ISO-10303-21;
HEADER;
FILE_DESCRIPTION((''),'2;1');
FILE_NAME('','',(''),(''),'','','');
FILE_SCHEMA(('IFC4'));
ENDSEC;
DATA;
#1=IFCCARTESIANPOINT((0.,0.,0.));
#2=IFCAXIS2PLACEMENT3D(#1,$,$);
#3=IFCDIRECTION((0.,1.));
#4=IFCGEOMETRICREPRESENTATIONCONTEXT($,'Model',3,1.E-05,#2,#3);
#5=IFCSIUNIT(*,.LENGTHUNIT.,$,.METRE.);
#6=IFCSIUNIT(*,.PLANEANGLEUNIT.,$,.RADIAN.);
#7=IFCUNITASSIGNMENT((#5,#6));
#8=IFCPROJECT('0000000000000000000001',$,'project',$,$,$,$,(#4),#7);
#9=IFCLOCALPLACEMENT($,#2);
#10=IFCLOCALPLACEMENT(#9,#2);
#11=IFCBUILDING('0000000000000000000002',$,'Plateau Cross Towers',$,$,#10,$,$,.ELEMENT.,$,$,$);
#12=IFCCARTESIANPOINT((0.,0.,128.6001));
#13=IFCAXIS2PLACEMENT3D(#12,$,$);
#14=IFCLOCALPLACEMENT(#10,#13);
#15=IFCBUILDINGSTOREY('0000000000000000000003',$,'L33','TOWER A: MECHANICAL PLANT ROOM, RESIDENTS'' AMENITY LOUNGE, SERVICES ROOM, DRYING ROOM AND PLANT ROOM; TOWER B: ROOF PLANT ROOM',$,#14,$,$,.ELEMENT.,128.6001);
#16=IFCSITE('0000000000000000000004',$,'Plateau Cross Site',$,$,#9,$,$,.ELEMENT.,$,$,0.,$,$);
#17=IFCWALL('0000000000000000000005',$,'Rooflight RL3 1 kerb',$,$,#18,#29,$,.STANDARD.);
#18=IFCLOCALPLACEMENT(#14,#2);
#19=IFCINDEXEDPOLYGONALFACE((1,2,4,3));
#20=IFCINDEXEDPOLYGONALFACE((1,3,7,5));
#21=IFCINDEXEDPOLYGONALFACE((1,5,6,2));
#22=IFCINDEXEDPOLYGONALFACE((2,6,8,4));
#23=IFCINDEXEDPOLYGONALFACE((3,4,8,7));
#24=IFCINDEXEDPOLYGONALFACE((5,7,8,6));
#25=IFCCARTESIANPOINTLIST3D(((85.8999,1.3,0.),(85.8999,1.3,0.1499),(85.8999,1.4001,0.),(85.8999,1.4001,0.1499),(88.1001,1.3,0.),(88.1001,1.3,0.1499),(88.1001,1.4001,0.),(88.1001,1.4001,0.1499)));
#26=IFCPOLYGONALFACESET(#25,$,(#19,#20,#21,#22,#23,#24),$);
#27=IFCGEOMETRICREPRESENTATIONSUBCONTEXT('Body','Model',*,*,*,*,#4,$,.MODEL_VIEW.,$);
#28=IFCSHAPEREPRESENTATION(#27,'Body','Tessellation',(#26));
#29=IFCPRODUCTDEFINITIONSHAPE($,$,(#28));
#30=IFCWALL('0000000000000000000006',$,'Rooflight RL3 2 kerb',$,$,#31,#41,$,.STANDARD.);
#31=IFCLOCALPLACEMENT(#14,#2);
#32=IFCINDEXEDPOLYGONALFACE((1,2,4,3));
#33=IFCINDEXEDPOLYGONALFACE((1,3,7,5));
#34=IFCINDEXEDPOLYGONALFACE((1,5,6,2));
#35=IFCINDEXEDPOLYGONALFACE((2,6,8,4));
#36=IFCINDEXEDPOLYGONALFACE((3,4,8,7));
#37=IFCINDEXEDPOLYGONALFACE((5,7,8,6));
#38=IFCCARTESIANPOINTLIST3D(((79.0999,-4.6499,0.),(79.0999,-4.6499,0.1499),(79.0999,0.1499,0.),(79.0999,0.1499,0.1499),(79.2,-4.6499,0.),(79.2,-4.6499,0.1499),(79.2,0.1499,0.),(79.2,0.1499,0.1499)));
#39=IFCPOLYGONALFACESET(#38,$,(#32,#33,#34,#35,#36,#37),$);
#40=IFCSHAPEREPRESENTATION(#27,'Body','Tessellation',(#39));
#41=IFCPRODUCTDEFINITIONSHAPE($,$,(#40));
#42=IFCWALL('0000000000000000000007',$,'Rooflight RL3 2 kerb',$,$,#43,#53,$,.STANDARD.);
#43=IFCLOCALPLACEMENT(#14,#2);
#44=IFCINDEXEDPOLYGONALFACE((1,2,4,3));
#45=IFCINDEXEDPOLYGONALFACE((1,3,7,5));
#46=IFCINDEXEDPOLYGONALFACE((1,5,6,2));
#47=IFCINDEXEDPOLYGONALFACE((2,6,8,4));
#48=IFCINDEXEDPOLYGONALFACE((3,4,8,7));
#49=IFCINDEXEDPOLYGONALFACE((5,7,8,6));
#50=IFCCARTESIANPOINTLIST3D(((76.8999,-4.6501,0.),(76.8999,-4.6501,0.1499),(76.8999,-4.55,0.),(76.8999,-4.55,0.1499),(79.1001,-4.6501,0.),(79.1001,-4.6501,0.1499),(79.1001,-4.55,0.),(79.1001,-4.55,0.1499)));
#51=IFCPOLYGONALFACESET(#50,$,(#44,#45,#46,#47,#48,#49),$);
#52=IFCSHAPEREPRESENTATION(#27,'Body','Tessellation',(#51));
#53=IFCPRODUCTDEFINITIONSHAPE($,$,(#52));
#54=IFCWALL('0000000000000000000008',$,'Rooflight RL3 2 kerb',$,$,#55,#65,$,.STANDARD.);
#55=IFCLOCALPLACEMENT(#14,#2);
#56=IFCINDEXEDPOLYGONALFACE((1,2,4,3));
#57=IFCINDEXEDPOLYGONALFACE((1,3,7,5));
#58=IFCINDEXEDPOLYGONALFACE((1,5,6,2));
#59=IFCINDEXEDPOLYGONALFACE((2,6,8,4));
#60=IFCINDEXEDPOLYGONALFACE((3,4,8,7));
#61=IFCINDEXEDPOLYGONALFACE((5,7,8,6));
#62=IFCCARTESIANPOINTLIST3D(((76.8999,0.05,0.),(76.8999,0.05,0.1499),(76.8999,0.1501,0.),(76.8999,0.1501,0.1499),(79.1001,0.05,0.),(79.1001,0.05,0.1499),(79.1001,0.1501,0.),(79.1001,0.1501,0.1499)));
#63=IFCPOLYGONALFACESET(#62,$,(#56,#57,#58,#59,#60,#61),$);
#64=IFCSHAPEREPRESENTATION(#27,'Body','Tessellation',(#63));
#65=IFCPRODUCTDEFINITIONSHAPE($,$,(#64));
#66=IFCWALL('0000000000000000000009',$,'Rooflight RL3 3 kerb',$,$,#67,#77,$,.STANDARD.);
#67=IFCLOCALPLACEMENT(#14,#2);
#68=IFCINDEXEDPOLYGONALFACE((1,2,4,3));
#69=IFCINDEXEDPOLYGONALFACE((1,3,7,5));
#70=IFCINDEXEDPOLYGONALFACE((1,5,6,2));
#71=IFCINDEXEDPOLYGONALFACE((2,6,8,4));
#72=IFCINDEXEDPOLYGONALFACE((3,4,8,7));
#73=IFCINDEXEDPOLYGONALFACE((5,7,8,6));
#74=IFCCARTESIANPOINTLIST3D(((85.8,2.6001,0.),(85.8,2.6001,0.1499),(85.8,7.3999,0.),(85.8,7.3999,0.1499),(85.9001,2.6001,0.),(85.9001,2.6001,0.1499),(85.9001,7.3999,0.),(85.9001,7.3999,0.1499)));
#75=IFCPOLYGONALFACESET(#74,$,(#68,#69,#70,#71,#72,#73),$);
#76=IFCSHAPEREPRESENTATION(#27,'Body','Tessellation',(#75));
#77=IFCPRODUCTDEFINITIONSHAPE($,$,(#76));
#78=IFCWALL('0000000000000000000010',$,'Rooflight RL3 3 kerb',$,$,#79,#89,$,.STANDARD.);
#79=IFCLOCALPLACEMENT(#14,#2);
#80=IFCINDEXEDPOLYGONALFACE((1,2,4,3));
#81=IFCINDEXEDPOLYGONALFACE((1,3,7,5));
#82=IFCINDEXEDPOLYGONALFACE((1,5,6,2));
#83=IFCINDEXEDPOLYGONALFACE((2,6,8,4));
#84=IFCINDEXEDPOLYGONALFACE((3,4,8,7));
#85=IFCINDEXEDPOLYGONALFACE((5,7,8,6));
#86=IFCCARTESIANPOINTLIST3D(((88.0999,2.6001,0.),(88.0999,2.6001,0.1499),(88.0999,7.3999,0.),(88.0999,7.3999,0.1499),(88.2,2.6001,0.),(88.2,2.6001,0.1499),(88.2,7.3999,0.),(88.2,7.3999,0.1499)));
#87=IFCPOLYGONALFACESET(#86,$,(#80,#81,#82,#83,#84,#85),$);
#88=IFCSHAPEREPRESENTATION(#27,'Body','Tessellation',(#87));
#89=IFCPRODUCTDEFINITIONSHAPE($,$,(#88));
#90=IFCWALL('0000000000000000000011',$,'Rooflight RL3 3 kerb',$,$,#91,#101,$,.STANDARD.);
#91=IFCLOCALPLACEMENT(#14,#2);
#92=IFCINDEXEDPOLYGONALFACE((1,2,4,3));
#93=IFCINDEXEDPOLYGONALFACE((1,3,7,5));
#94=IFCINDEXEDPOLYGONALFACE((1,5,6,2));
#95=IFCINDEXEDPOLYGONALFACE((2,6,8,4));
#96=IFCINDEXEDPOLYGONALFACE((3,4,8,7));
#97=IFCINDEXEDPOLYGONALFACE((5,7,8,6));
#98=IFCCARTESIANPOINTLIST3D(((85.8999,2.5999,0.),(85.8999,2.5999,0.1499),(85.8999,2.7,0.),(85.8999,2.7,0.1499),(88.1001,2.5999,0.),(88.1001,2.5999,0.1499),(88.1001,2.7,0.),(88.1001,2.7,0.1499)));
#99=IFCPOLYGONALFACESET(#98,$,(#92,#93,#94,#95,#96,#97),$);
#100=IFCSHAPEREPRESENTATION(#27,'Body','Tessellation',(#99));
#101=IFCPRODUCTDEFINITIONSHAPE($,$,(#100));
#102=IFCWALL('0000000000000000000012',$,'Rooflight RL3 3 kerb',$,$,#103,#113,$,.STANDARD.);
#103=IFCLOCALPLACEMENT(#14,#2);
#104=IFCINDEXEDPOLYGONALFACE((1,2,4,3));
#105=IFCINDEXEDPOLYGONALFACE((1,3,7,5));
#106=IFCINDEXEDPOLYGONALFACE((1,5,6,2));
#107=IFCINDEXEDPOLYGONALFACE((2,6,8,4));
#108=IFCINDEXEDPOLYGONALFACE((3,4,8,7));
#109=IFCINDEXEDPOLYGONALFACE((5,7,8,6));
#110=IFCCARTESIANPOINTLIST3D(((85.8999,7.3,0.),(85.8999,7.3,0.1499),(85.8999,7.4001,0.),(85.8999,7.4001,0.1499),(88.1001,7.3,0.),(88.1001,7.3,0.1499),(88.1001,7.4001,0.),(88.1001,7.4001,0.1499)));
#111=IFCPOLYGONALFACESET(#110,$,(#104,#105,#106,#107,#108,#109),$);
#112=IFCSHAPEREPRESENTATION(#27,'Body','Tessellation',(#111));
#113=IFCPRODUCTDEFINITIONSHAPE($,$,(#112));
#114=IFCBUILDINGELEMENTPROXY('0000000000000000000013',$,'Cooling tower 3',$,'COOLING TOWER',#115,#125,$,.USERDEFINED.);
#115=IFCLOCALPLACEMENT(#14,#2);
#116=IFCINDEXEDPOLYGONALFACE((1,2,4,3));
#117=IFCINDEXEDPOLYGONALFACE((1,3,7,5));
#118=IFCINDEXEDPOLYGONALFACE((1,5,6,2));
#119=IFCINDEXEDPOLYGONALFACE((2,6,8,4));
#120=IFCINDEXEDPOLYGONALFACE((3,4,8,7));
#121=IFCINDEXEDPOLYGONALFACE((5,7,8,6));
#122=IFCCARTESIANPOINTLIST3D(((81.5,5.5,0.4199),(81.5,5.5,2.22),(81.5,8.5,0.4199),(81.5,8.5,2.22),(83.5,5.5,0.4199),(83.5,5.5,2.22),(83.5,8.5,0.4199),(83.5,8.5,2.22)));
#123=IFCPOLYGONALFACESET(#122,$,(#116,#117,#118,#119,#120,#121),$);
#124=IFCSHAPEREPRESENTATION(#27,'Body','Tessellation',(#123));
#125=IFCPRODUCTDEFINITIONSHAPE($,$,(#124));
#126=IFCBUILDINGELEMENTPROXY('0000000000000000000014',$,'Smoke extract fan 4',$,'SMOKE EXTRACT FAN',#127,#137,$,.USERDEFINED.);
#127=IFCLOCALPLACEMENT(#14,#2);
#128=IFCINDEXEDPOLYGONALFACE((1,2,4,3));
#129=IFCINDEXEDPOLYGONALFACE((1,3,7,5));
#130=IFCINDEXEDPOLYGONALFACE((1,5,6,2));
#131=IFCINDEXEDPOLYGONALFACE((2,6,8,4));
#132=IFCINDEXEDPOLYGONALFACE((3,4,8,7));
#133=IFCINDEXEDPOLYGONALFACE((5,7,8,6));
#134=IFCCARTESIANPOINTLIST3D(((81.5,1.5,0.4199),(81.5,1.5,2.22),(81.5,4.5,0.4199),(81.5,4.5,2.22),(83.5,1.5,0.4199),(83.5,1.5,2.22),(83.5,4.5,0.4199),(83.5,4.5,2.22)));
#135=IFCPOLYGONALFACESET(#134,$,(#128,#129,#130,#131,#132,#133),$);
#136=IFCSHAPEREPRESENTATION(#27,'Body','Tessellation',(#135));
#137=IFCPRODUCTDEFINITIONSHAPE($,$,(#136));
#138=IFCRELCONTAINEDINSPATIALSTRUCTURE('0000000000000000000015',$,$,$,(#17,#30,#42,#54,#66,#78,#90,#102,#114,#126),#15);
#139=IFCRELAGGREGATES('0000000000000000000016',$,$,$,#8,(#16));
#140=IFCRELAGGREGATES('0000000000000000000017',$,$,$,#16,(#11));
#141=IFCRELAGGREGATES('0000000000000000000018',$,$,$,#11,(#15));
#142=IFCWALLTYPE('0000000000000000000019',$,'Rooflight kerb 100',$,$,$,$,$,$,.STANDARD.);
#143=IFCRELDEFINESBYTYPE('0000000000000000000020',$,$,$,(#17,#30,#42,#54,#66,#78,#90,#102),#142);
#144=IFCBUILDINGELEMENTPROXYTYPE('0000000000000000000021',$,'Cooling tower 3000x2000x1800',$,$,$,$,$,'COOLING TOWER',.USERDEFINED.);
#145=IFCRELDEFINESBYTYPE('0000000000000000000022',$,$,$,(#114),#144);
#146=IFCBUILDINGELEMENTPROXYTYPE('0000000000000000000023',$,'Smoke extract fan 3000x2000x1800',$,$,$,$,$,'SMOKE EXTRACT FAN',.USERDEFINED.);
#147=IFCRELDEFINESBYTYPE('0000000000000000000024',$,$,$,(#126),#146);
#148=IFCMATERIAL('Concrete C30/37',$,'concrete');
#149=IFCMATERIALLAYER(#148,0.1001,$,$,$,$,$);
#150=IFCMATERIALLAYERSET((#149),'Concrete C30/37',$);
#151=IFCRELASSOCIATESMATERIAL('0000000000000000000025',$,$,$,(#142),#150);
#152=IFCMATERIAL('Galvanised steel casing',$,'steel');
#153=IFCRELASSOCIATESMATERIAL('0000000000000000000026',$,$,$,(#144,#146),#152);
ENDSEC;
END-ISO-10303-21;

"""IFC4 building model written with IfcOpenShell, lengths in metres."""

from ifc_helpers import new_model, si_unit, direction, frame, frame_2d, origin, origin_2d, place, context, subcontext, project, spatial, rectangle, extrude, material, layer, layer_set, type_object, element, save


model = new_model("IFC4")

# Units and contexts
model_context = context("Model", 3, precision=1e-05, world=origin(), true_north=direction((0.0, 1.0)))
body_context = subcontext(model_context, "Body", "Model", "MODEL_VIEW")
ifc_project = project(units=[si_unit("LENGTHUNIT", "METRE"), si_unit("PLANEANGLEUNIT", "RADIAN")], contexts=[model_context])

# Site, building, storey
site_placement = place(None, origin())
site = spatial("IfcSite", under=ifc_project, at=site_placement, Name="Plateau Cross Site", CompositionType="ELEMENT", RefElevation=0.0)
building_placement = place(site_placement, origin())
building = spatial("IfcBuilding", under=site, at=building_placement, Name="Plateau Cross Towers", CompositionType="ELEMENT")
storey_placement = place(building_placement, frame((0.0, 0.0, 128.6001)))
storey = spatial("IfcBuildingStorey", under=building, at=storey_placement, Name="L33", Description="TOWER A: MECHANICAL PLANT ROOM, RESIDENTS' AMENITY LOUNGE, SERVICES ROOM, DRYING ROOM AND PLANT ROOM; TOWER B: ROOF PLANT ROOM", CompositionType="ELEMENT", Elevation=128.6001)

# Shared definitions
ifc_material_1 = material(Name="Concrete C30/37", Category="concrete")

# Walls
ifc_layer_1 = layer(ifc_material_1, 0.1001)
ifc_layer_set_1 = layer_set([ifc_layer_1], Name="Concrete C30/37")
wall_type_1 = type_object("IfcWallType", Name="Rooflight kerb 100", PredefinedType="STANDARD", material=ifc_layer_set_1)
for number, where, z_axis, x_axis, name in (
    (1, (85.8999, 1.3501, 0.0), (0.0, 0.0, 1.0), (1.0, 0.0, 0.0), "Rooflight RL3 1 kerb"),
):
    element("IfcWall", number, at=place(storey_placement, frame(where, z_axis=z_axis, x_axis=x_axis)), inside=storey, type_object=wall_type_1, Name=name, PredefinedType="STANDARD", context=body_context, shape_type="SweptSolid", body=[
        extrude(rectangle(XDim=2.2002, YDim=0.1001, at=frame_2d((1.1001, 0.0))), origin(), (0.0, 0.0, 1.0), 0.1499),
    ])
wall_1_placement = place(storey_placement, frame((79.1499, -4.6499, 0.0), z_axis=(0.0, 0.0, 1.0), x_axis=(0.0, 1.0, 0.0)))
element("IfcWall", 2, at=wall_1_placement, inside=storey, type_object=wall_type_1, Name="Rooflight RL3 2 kerb", PredefinedType="STANDARD", context=body_context, shape_type="SweptSolid", body=[
    extrude(rectangle(XDim=4.7998, YDim=0.1001, at=frame_2d((2.3999, 0.0))), origin(), (0.0, 0.0, 1.0), 0.1499),
])
for number, where, z_axis, x_axis, name in (
    (3, (76.8999, -4.6001, 0.0), (0.0, 0.0, 1.0), (1.0, 0.0, 0.0), "Rooflight RL3 2 kerb"),
    (4, (76.8999, 0.1001, 0.0), (0.0, 0.0, 1.0), (1.0, 0.0, 0.0), "Rooflight RL3 2 kerb"),
):
    element("IfcWall", number, at=place(storey_placement, frame(where, z_axis=z_axis, x_axis=x_axis)), inside=storey, type_object=wall_type_1, Name=name, PredefinedType="STANDARD", context=body_context, shape_type="SweptSolid", body=[
        extrude(rectangle(XDim=2.2002, YDim=0.1001, at=frame_2d((1.1001, 0.0))), origin(), (0.0, 0.0, 1.0), 0.1499),
    ])
for number, where, z_axis, x_axis, name in (
    (5, (85.8501, 2.6001, 0.0), (0.0, 0.0, 1.0), (0.0, 1.0, 0.0), "Rooflight RL3 3 kerb"),
    (6, (88.1499, 2.6001, 0.0), (0.0, 0.0, 1.0), (0.0, 1.0, 0.0), "Rooflight RL3 3 kerb"),
):
    element("IfcWall", number, at=place(storey_placement, frame(where, z_axis=z_axis, x_axis=x_axis)), inside=storey, type_object=wall_type_1, Name=name, PredefinedType="STANDARD", context=body_context, shape_type="SweptSolid", body=[
        extrude(rectangle(XDim=4.7998, YDim=0.1001, at=frame_2d((2.3999, 0.0))), origin(), (0.0, 0.0, 1.0), 0.1499),
    ])
for number, where, z_axis, x_axis, name in (
    (7, (85.8999, 2.6499, 0.0), (0.0, 0.0, 1.0), (1.0, 0.0, 0.0), "Rooflight RL3 3 kerb"),
    (8, (85.8999, 7.3501, 0.0), (0.0, 0.0, 1.0), (1.0, 0.0, 0.0), "Rooflight RL3 3 kerb"),
):
    element("IfcWall", number, at=place(storey_placement, frame(where, z_axis=z_axis, x_axis=x_axis)), inside=storey, type_object=wall_type_1, Name=name, PredefinedType="STANDARD", context=body_context, shape_type="SweptSolid", body=[
        extrude(rectangle(XDim=2.2002, YDim=0.1001, at=frame_2d((1.1001, 0.0))), origin(), (0.0, 0.0, 1.0), 0.1499),
    ])

# Building element proxies
ifc_material_2 = material(Name="Galvanised steel casing", Category="steel")
building_element_proxy_type_1 = type_object("IfcBuildingElementProxyType", Name="Cooling tower 3000x2000x1800", ElementType="COOLING TOWER", PredefinedType="USERDEFINED", material=ifc_material_2)
proxy_1_placement = place(storey_placement, frame((82.5, 7.0, 0.4199), z_axis=(0.0, 0.0, 1.0), x_axis=(0.0, -1.0, 0.0)))
element("IfcBuildingElementProxy", 9, at=proxy_1_placement, inside=storey, type_object=building_element_proxy_type_1, Name="Cooling tower 3", ObjectType="COOLING TOWER", PredefinedType="USERDEFINED", context=body_context, shape_type="SweptSolid", body=[
    extrude(rectangle(XDim=3.0, YDim=2.0, at=origin_2d()), origin(), (0.0, 0.0, 1.0), 1.8),
])
building_element_proxy_type_2 = type_object("IfcBuildingElementProxyType", Name="Smoke extract fan 3000x2000x1800", ElementType="SMOKE EXTRACT FAN", PredefinedType="USERDEFINED", material=ifc_material_2)
proxy_2_placement = place(storey_placement, frame((82.5, 3.0, 0.4199), z_axis=(0.0, 0.0, 1.0), x_axis=(0.0, -1.0, 0.0)))
element("IfcBuildingElementProxy", 10, at=proxy_2_placement, inside=storey, type_object=building_element_proxy_type_2, Name="Smoke extract fan 4", ObjectType="SMOKE EXTRACT FAN", PredefinedType="USERDEFINED", context=body_context, shape_type="SweptSolid", body=[
    extrude(rectangle(XDim=3.0, YDim=2.0, at=origin_2d()), origin(), (0.0, 0.0, 1.0), 1.8),
])

save(model, "model.ifc")
